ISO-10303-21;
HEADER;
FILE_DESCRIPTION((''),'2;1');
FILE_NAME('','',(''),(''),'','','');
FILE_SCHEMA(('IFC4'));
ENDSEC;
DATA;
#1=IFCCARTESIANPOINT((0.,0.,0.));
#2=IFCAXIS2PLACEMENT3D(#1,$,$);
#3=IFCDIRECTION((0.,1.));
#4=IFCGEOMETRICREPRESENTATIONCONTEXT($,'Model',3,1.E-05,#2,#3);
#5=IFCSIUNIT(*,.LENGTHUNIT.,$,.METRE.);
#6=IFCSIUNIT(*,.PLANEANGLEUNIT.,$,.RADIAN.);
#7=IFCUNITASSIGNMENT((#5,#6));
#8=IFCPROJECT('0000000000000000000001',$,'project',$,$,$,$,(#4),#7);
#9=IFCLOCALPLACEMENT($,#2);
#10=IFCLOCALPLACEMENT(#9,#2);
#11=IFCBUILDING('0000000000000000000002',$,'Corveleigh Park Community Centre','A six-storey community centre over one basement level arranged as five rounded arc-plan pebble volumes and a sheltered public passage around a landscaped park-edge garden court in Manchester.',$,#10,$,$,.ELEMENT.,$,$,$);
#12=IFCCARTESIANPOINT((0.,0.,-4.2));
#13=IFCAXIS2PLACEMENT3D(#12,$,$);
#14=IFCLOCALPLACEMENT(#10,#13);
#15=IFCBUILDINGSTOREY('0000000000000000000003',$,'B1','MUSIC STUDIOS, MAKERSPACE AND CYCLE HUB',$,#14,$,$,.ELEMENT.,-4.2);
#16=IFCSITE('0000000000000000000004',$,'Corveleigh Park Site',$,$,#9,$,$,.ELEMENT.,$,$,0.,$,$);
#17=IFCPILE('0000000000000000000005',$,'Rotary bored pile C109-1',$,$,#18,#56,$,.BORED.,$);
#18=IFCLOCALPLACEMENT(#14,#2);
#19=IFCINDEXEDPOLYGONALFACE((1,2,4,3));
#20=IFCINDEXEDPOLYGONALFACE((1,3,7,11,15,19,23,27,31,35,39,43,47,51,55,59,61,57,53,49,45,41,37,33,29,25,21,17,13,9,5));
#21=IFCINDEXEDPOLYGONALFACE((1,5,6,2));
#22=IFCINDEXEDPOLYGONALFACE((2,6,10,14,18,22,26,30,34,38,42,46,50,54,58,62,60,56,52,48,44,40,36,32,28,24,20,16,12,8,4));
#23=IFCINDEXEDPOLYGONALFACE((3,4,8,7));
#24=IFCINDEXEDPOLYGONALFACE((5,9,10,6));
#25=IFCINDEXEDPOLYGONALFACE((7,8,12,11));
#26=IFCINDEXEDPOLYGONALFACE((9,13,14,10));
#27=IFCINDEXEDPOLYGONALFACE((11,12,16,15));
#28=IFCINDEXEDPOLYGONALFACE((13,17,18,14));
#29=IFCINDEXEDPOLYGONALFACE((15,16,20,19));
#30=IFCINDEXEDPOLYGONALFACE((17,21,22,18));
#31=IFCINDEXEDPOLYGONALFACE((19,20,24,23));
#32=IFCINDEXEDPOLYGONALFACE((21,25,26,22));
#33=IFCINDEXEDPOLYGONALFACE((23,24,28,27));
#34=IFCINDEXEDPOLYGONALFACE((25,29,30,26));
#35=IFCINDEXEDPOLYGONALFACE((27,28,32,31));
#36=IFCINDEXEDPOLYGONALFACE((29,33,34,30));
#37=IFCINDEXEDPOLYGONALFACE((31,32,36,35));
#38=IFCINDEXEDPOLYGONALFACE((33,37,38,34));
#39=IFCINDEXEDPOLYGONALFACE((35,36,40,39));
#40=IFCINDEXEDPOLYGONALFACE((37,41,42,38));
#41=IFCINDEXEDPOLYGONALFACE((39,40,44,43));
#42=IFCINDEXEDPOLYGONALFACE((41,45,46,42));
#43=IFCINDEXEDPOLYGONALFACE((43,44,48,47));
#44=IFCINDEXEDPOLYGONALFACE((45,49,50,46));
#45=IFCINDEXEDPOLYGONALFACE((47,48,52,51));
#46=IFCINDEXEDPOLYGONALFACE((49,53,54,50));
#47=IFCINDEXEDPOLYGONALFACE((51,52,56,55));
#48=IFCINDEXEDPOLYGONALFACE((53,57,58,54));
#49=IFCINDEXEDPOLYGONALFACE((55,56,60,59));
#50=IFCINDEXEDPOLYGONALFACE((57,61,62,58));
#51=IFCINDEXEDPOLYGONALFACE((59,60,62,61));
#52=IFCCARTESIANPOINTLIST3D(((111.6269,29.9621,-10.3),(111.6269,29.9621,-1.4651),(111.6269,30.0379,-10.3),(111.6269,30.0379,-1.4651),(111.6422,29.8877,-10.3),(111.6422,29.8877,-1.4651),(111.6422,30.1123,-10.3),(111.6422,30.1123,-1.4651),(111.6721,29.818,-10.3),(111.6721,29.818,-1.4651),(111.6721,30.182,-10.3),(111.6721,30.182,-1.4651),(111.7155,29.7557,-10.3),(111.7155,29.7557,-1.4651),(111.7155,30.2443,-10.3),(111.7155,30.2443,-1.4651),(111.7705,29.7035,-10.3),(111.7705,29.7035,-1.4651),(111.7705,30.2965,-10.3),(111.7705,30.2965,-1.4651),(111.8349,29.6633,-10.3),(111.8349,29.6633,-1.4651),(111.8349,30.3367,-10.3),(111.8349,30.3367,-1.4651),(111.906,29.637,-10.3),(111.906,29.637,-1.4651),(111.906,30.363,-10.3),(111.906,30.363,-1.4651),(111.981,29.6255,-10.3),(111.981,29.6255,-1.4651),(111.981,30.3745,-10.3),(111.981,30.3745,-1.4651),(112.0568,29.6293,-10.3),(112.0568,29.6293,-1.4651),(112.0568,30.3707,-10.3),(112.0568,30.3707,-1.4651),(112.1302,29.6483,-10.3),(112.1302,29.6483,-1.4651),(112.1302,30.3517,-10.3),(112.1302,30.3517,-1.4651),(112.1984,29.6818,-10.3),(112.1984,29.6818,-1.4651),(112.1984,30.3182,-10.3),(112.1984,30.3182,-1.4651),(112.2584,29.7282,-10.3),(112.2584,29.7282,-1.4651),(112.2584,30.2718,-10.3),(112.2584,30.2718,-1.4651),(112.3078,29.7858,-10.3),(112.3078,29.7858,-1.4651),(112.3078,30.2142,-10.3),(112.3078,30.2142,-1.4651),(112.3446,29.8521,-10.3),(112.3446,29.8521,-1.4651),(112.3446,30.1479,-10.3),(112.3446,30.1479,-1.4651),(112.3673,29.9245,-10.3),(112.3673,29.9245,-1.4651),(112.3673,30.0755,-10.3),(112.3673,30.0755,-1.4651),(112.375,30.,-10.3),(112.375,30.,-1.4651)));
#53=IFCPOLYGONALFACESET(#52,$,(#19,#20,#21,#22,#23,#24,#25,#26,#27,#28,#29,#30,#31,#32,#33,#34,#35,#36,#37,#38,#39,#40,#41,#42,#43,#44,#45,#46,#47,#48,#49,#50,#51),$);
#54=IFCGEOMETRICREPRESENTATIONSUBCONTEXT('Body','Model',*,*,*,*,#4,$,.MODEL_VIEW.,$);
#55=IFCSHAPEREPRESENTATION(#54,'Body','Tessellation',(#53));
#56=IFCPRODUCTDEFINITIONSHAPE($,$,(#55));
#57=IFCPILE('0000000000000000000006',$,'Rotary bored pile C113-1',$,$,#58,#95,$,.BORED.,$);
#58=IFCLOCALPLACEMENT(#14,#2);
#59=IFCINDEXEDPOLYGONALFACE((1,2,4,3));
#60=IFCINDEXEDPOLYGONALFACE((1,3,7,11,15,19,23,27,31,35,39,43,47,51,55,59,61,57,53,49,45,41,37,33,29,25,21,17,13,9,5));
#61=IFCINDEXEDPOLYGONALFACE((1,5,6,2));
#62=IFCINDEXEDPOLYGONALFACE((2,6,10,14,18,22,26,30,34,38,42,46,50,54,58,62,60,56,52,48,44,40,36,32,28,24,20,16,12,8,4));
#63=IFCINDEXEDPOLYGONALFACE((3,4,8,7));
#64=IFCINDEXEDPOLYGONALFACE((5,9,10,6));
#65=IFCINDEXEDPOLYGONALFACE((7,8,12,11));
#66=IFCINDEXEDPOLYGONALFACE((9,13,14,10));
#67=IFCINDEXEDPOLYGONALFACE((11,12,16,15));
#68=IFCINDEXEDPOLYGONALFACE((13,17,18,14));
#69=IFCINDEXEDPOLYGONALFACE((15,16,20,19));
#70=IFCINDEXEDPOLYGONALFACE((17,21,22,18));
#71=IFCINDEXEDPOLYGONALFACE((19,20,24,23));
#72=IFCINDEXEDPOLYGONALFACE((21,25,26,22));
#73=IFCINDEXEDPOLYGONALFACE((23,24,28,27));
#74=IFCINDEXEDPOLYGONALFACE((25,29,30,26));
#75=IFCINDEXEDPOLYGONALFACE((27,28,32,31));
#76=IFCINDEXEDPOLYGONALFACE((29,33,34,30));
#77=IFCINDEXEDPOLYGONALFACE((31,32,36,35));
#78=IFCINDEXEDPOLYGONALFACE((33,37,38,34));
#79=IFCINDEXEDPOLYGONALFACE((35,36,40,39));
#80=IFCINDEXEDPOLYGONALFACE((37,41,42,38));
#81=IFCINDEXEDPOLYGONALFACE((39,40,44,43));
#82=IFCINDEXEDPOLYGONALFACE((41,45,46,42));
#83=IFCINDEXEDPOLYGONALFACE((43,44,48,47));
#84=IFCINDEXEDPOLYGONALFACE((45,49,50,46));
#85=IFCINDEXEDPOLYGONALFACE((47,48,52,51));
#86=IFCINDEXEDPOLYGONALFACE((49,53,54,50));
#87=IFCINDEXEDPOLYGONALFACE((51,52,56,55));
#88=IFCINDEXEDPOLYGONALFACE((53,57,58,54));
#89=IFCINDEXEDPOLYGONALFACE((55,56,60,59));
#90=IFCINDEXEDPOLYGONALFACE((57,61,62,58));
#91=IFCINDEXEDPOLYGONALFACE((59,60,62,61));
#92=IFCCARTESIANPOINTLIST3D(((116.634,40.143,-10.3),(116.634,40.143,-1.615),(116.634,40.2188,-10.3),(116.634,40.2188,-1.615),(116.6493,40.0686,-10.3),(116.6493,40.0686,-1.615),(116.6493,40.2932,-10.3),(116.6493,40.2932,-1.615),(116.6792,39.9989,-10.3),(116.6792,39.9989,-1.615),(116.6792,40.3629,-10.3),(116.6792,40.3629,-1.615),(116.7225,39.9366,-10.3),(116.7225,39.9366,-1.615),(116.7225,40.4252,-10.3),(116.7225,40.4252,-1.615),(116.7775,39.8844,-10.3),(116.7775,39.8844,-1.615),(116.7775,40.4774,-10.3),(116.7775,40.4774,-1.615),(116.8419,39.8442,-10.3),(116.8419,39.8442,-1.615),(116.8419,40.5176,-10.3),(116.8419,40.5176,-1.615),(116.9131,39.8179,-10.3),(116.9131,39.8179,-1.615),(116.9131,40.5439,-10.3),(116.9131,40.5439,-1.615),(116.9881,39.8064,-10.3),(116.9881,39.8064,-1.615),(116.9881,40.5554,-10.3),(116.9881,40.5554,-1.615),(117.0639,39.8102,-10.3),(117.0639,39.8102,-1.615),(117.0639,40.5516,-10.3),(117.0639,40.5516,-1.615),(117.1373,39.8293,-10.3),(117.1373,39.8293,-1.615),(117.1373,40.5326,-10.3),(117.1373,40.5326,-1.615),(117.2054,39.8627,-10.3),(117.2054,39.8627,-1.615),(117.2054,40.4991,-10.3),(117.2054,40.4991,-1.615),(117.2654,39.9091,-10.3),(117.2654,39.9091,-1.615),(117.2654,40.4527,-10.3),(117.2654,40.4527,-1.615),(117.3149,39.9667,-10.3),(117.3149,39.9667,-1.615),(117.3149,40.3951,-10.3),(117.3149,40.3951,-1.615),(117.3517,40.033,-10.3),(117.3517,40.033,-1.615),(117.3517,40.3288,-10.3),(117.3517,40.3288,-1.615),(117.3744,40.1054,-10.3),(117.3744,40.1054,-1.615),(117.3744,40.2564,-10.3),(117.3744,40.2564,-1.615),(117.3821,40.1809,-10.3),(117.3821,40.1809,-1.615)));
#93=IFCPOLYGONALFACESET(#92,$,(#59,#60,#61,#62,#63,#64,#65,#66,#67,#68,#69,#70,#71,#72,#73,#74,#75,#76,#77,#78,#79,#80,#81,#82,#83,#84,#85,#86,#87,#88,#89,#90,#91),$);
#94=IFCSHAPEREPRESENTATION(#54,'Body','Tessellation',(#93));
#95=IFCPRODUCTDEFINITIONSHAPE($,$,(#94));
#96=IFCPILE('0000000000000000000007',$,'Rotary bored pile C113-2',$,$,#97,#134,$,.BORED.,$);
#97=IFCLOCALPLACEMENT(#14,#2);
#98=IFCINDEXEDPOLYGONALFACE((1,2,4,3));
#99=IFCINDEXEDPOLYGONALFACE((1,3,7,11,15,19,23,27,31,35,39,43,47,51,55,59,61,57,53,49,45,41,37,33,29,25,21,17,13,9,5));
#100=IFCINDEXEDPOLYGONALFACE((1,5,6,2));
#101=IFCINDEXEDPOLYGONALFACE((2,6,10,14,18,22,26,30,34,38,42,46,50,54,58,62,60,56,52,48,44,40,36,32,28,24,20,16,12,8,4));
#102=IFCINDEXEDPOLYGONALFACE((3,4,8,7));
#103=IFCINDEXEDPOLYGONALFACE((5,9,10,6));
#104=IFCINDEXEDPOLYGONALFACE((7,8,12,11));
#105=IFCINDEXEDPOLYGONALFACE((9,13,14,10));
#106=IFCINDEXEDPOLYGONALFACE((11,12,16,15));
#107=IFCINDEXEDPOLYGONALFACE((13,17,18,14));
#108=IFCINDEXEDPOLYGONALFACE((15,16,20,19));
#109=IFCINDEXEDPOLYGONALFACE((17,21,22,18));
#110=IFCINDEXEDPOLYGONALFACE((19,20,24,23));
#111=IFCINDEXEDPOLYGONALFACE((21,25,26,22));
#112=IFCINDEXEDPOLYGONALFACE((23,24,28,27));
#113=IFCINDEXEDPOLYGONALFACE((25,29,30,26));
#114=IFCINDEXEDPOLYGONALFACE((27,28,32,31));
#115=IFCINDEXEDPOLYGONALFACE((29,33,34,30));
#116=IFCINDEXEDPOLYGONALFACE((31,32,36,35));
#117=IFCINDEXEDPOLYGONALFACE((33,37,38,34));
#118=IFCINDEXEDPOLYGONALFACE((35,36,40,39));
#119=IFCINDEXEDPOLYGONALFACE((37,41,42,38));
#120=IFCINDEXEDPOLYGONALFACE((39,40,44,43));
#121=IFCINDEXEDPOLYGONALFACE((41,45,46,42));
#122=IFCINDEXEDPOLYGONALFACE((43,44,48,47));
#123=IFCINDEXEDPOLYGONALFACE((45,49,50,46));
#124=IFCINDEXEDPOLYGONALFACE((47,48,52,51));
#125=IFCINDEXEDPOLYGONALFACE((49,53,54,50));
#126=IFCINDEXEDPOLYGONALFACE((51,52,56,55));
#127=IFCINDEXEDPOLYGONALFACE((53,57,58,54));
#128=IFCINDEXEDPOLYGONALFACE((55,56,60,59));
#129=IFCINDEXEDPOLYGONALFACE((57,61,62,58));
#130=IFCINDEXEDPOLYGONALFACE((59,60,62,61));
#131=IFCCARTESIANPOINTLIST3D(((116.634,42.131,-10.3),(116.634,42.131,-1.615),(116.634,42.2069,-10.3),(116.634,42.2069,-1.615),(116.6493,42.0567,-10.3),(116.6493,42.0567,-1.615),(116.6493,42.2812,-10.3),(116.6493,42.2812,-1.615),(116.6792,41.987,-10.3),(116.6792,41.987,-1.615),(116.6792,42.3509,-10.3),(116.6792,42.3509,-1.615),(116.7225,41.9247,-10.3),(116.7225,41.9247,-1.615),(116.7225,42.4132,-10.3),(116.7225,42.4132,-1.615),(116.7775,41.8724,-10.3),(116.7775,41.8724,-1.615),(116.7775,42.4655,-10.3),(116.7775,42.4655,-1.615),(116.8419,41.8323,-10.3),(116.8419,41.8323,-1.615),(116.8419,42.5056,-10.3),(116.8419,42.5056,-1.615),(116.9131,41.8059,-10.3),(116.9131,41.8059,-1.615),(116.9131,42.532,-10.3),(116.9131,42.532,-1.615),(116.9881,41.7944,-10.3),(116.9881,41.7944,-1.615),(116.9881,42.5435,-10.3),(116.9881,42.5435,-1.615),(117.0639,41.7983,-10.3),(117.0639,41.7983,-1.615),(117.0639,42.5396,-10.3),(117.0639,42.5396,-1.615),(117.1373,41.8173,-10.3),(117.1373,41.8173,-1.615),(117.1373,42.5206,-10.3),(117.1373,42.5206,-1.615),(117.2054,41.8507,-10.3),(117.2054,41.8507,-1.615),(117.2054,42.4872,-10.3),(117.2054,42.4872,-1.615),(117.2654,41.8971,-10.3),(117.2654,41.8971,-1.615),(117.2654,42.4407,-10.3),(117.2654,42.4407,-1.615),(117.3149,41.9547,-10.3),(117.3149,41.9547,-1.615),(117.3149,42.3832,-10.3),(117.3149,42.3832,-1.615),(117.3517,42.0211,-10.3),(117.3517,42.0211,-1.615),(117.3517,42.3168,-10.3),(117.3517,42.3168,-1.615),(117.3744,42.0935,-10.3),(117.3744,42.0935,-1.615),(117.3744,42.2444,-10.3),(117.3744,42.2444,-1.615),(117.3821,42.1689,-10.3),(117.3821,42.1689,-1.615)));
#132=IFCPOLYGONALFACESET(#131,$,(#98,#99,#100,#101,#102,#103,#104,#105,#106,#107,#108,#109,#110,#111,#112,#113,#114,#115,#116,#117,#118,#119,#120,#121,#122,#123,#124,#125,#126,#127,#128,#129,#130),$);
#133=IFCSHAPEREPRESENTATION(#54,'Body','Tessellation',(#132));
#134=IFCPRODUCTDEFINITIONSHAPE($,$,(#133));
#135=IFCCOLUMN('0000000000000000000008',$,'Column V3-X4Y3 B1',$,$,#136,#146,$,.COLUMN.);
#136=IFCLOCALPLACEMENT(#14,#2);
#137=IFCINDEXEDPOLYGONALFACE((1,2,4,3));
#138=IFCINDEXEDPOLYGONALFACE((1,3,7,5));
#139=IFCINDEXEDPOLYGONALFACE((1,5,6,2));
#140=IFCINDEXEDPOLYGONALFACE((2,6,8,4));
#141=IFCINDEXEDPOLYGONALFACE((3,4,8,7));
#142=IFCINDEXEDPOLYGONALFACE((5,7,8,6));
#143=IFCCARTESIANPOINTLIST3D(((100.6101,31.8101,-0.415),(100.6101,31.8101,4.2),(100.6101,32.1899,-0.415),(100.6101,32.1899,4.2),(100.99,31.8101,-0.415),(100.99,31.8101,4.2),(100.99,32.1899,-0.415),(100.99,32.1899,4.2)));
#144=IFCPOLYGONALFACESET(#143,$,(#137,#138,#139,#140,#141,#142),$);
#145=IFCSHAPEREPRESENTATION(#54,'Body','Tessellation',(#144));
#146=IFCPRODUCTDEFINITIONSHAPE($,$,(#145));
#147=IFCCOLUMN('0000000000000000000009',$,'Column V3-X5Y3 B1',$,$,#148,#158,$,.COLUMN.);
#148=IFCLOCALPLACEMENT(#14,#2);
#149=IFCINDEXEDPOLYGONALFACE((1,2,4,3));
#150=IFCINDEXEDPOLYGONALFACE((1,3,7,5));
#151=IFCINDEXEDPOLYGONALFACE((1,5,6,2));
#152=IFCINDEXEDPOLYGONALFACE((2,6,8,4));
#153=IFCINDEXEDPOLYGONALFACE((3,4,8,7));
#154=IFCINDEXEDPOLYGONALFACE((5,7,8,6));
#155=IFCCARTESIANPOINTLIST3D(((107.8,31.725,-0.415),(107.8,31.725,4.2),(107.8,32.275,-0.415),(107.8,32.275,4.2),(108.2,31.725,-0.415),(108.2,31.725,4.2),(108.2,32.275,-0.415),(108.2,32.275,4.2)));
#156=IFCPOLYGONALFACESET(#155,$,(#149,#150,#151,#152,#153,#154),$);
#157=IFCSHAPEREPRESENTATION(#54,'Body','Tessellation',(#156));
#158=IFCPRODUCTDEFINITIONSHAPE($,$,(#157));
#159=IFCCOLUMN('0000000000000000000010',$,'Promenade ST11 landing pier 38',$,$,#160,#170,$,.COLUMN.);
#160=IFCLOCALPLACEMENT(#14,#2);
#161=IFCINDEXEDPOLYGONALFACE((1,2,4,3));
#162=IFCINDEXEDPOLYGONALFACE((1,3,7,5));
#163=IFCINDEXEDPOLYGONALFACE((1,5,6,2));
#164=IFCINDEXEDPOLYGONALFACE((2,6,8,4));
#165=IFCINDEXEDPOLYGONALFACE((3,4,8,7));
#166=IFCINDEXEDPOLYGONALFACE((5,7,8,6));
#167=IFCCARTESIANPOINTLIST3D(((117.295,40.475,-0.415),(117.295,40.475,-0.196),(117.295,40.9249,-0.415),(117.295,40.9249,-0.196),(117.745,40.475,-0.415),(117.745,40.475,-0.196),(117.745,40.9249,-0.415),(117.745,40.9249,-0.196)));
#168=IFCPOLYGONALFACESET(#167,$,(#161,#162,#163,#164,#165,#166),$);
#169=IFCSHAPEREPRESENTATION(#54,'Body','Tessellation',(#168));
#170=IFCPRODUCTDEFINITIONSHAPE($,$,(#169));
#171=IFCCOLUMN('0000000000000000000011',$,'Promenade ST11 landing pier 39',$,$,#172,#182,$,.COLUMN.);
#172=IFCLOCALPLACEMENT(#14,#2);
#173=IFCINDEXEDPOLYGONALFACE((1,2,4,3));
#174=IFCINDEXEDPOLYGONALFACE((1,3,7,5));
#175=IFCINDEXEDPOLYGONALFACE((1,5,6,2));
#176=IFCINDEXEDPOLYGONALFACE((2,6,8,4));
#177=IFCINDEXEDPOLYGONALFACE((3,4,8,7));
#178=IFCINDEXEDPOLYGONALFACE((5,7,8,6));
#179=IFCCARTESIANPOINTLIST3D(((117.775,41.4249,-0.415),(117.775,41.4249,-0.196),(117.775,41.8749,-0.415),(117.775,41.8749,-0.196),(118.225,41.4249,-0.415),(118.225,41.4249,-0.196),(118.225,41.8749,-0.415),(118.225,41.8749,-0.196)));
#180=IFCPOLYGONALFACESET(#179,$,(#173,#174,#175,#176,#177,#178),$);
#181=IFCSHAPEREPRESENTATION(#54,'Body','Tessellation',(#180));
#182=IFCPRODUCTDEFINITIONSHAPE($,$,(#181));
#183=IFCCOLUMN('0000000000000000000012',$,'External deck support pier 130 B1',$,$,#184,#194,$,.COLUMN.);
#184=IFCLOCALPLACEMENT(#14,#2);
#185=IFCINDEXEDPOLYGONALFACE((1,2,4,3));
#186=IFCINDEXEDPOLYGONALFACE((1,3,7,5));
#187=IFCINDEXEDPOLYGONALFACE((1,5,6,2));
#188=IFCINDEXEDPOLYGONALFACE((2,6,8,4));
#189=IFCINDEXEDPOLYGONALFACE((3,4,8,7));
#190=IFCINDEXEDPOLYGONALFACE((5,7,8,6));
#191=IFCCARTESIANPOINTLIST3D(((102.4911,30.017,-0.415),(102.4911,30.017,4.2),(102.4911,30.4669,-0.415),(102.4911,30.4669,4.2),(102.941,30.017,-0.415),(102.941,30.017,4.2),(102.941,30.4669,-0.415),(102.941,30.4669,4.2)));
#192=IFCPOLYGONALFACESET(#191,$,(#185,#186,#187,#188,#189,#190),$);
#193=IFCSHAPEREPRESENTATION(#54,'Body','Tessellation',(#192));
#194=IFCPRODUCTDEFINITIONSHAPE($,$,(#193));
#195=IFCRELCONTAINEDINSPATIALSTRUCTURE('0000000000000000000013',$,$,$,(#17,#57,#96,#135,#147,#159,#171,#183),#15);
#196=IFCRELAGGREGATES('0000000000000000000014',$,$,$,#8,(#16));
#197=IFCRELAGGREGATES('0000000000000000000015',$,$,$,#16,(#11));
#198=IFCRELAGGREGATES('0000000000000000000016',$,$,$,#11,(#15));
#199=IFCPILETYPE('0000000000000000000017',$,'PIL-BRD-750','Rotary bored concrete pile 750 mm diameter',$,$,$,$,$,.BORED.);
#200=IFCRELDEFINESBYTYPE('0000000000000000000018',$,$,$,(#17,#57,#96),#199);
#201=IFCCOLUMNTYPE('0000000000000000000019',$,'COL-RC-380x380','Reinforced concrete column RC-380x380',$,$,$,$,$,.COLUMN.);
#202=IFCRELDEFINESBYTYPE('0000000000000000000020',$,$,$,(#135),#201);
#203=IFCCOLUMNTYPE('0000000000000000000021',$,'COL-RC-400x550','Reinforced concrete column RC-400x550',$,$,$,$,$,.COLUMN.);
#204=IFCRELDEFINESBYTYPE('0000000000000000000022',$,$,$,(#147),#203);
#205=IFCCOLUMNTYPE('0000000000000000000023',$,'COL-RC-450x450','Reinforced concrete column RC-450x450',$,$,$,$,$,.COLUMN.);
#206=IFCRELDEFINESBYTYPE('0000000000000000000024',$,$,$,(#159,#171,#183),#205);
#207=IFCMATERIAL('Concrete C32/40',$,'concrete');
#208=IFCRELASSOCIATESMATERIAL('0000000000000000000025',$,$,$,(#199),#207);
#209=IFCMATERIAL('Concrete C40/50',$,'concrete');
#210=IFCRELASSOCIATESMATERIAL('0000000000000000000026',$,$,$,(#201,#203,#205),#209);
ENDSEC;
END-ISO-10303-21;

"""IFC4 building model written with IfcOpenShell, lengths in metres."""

from ifc_helpers import new_model, si_unit, direction, frame, origin, origin_2d, place, context, subcontext, project, spatial, rectangle, circle, extrude, material, material_profile, profile_set, type_object, element, save


model = new_model("IFC4")

# Units and contexts
model_context = context("Model", 3, precision=1e-05, world=origin(), true_north=direction((0.0, 1.0)))
body_context = subcontext(model_context, "Body", "Model", "MODEL_VIEW")
ifc_project = project(units=[si_unit("LENGTHUNIT", "METRE"), si_unit("PLANEANGLEUNIT", "RADIAN")], contexts=[model_context])

# Site, building, storey
site_placement = place(None, origin())
site = spatial("IfcSite", under=ifc_project, at=site_placement, Name="Corveleigh Park Site", CompositionType="ELEMENT", RefElevation=0.0)
building_placement = place(site_placement, origin())
building = spatial("IfcBuilding", under=site, at=building_placement, Name="Corveleigh Park Community Centre", Description="A six-storey community centre over one basement level arranged as five rounded arc-plan pebble volumes and a sheltered public passage around a landscaped park-edge garden court in Manchester.", CompositionType="ELEMENT")
storey_placement = place(building_placement, frame((0.0, 0.0, -4.2)))
storey = spatial("IfcBuildingStorey", under=building, at=storey_placement, Name="B1", Description="MUSIC STUDIOS, MAKERSPACE AND CYCLE HUB", CompositionType="ELEMENT", Elevation=-4.2)

# Shared definitions
ifc_material_1 = material(Name="Concrete C40/50", Category="concrete")

# Piles
ifc_material_2 = material(Name="Concrete C32/40", Category="concrete")
ifc_material_profile_1 = material_profile(ifc_material_2, circle(Radius=0.375, at=origin_2d()), Name="BORED-PILE-750", Category="concrete")
ifc_profile_set_1 = profile_set([ifc_material_profile_1], Name="Concrete C32/40")
pile_type = type_object("IfcPileType", Name="PIL-BRD-750", Description="Rotary bored concrete pile 750 mm diameter", PredefinedType="BORED", material=ifc_profile_set_1)
pile_1_placement = place(storey_placement, frame((112.0, 30.0, -1.4651), z_axis=(0.0, 0.0, -1.0), x_axis=(1.0, 0.0, 0.0)))
element("IfcPile", 1, at=pile_1_placement, inside=storey, type_object=pile_type, Name="Rotary bored pile C109-1", PredefinedType="BORED", context=body_context, shape_type="SweptSolid", body=[
    extrude(circle(Radius=0.375, at=origin_2d()), origin(), (0.0, 0.0, 1.0), 8.835),
])
for number, where, z_axis, x_axis, name in (
    (2, (117.0071, 40.1809, -1.615), (0.0, 0.0, -1.0), (1.0, 0.0, 0.0), "Rotary bored pile C113-1"),
    (3, (117.0071, 42.1689, -1.615), (0.0, 0.0, -1.0), (1.0, 0.0, 0.0), "Rotary bored pile C113-2"),
):
    element("IfcPile", number, at=place(storey_placement, frame(where, z_axis=z_axis, x_axis=x_axis)), inside=storey, type_object=pile_type, Name=name, PredefinedType="BORED", context=body_context, shape_type="SweptSolid", body=[
        extrude(circle(Radius=0.375, at=origin_2d()), origin(), (0.0, 0.0, 1.0), 8.6851),
    ])

# Columns
ifc_material_profile_2 = material_profile(ifc_material_1, rectangle(XDim=0.3799, YDim=0.3799, at=origin_2d()), Name="RC-380x380", Category="concrete")
ifc_profile_set_2 = profile_set([ifc_material_profile_2], Name="Concrete C40/50")
column_type_1 = type_object("IfcColumnType", Name="COL-RC-380x380", Description="Reinforced concrete column RC-380x380", PredefinedType="COLUMN", material=ifc_profile_set_2)
column_1_placement = place(storey_placement, frame((100.8, 32.0, -0.415), z_axis=(0.0, 0.0, 1.0), x_axis=(1.0, 0.0, 0.0)))
element("IfcColumn", 4, at=column_1_placement, inside=storey, type_object=column_type_1, Name="Column V3-X4Y3 B1", PredefinedType="COLUMN", context=body_context, shape_type="SweptSolid", body=[
    extrude(rectangle(XDim=0.3799, YDim=0.3799, at=origin_2d()), origin(), (0.0, 0.0, 1.0), 4.615),
])
ifc_material_profile_3 = material_profile(ifc_material_1, rectangle(XDim=0.3999, YDim=0.55, at=origin_2d()), Name="RC-400x550", Category="concrete")
ifc_profile_set_3 = profile_set([ifc_material_profile_3], Name="Concrete C40/50")
column_type_2 = type_object("IfcColumnType", Name="COL-RC-400x550", Description="Reinforced concrete column RC-400x550", PredefinedType="COLUMN", material=ifc_profile_set_3)
column_2_placement = place(storey_placement, frame((108.0, 32.0, -0.415), z_axis=(0.0, 0.0, 1.0), x_axis=(1.0, 0.0, 0.0)))
element("IfcColumn", 5, at=column_2_placement, inside=storey, type_object=column_type_2, Name="Column V3-X5Y3 B1", PredefinedType="COLUMN", context=body_context, shape_type="SweptSolid", body=[
    extrude(rectangle(XDim=0.3999, YDim=0.55, at=origin_2d()), origin(), (0.0, 0.0, 1.0), 4.615),
])
ifc_material_profile_4 = material_profile(ifc_material_1, rectangle(XDim=0.45, YDim=0.45, at=origin_2d()), Name="RC-450x450", Category="concrete")
ifc_profile_set_4 = profile_set([ifc_material_profile_4], Name="Concrete C40/50")
column_type_3 = type_object("IfcColumnType", Name="COL-RC-450x450", Description="Reinforced concrete column RC-450x450", PredefinedType="COLUMN", material=ifc_profile_set_4)
for number, where, z_axis, x_axis, name in (
    (6, (117.52, 40.7, -0.415), (0.0, 0.0, 1.0), (1.0, 0.0, 0.0), "Promenade ST11 landing pier 38"),
    (7, (118.0, 41.6499, -0.415), (0.0, 0.0, 1.0), (1.0, 0.0, 0.0), "Promenade ST11 landing pier 39"),
):
    element("IfcColumn", number, at=place(storey_placement, frame(where, z_axis=z_axis, x_axis=x_axis)), inside=storey, type_object=column_type_3, Name=name, PredefinedType="COLUMN", context=body_context, shape_type="SweptSolid", body=[
        extrude(rectangle(XDim=0.45, YDim=0.45, at=origin_2d()), origin(), (0.0, 0.0, 1.0), 0.219),
    ])
for number, where, z_axis, x_axis, name in (
    (8, (102.7161, 30.2419, -0.415), (0.0, 0.0, 1.0), (1.0, 0.0, 0.0), "External deck support pier 130 B1"),
):
    element("IfcColumn", number, at=place(storey_placement, frame(where, z_axis=z_axis, x_axis=x_axis)), inside=storey, type_object=column_type_3, Name=name, PredefinedType="COLUMN", context=body_context, shape_type="SweptSolid", body=[
        extrude(rectangle(XDim=0.45, YDim=0.45, at=origin_2d()), origin(), (0.0, 0.0, 1.0), 4.615),
    ])

save(model, "model.ifc")
